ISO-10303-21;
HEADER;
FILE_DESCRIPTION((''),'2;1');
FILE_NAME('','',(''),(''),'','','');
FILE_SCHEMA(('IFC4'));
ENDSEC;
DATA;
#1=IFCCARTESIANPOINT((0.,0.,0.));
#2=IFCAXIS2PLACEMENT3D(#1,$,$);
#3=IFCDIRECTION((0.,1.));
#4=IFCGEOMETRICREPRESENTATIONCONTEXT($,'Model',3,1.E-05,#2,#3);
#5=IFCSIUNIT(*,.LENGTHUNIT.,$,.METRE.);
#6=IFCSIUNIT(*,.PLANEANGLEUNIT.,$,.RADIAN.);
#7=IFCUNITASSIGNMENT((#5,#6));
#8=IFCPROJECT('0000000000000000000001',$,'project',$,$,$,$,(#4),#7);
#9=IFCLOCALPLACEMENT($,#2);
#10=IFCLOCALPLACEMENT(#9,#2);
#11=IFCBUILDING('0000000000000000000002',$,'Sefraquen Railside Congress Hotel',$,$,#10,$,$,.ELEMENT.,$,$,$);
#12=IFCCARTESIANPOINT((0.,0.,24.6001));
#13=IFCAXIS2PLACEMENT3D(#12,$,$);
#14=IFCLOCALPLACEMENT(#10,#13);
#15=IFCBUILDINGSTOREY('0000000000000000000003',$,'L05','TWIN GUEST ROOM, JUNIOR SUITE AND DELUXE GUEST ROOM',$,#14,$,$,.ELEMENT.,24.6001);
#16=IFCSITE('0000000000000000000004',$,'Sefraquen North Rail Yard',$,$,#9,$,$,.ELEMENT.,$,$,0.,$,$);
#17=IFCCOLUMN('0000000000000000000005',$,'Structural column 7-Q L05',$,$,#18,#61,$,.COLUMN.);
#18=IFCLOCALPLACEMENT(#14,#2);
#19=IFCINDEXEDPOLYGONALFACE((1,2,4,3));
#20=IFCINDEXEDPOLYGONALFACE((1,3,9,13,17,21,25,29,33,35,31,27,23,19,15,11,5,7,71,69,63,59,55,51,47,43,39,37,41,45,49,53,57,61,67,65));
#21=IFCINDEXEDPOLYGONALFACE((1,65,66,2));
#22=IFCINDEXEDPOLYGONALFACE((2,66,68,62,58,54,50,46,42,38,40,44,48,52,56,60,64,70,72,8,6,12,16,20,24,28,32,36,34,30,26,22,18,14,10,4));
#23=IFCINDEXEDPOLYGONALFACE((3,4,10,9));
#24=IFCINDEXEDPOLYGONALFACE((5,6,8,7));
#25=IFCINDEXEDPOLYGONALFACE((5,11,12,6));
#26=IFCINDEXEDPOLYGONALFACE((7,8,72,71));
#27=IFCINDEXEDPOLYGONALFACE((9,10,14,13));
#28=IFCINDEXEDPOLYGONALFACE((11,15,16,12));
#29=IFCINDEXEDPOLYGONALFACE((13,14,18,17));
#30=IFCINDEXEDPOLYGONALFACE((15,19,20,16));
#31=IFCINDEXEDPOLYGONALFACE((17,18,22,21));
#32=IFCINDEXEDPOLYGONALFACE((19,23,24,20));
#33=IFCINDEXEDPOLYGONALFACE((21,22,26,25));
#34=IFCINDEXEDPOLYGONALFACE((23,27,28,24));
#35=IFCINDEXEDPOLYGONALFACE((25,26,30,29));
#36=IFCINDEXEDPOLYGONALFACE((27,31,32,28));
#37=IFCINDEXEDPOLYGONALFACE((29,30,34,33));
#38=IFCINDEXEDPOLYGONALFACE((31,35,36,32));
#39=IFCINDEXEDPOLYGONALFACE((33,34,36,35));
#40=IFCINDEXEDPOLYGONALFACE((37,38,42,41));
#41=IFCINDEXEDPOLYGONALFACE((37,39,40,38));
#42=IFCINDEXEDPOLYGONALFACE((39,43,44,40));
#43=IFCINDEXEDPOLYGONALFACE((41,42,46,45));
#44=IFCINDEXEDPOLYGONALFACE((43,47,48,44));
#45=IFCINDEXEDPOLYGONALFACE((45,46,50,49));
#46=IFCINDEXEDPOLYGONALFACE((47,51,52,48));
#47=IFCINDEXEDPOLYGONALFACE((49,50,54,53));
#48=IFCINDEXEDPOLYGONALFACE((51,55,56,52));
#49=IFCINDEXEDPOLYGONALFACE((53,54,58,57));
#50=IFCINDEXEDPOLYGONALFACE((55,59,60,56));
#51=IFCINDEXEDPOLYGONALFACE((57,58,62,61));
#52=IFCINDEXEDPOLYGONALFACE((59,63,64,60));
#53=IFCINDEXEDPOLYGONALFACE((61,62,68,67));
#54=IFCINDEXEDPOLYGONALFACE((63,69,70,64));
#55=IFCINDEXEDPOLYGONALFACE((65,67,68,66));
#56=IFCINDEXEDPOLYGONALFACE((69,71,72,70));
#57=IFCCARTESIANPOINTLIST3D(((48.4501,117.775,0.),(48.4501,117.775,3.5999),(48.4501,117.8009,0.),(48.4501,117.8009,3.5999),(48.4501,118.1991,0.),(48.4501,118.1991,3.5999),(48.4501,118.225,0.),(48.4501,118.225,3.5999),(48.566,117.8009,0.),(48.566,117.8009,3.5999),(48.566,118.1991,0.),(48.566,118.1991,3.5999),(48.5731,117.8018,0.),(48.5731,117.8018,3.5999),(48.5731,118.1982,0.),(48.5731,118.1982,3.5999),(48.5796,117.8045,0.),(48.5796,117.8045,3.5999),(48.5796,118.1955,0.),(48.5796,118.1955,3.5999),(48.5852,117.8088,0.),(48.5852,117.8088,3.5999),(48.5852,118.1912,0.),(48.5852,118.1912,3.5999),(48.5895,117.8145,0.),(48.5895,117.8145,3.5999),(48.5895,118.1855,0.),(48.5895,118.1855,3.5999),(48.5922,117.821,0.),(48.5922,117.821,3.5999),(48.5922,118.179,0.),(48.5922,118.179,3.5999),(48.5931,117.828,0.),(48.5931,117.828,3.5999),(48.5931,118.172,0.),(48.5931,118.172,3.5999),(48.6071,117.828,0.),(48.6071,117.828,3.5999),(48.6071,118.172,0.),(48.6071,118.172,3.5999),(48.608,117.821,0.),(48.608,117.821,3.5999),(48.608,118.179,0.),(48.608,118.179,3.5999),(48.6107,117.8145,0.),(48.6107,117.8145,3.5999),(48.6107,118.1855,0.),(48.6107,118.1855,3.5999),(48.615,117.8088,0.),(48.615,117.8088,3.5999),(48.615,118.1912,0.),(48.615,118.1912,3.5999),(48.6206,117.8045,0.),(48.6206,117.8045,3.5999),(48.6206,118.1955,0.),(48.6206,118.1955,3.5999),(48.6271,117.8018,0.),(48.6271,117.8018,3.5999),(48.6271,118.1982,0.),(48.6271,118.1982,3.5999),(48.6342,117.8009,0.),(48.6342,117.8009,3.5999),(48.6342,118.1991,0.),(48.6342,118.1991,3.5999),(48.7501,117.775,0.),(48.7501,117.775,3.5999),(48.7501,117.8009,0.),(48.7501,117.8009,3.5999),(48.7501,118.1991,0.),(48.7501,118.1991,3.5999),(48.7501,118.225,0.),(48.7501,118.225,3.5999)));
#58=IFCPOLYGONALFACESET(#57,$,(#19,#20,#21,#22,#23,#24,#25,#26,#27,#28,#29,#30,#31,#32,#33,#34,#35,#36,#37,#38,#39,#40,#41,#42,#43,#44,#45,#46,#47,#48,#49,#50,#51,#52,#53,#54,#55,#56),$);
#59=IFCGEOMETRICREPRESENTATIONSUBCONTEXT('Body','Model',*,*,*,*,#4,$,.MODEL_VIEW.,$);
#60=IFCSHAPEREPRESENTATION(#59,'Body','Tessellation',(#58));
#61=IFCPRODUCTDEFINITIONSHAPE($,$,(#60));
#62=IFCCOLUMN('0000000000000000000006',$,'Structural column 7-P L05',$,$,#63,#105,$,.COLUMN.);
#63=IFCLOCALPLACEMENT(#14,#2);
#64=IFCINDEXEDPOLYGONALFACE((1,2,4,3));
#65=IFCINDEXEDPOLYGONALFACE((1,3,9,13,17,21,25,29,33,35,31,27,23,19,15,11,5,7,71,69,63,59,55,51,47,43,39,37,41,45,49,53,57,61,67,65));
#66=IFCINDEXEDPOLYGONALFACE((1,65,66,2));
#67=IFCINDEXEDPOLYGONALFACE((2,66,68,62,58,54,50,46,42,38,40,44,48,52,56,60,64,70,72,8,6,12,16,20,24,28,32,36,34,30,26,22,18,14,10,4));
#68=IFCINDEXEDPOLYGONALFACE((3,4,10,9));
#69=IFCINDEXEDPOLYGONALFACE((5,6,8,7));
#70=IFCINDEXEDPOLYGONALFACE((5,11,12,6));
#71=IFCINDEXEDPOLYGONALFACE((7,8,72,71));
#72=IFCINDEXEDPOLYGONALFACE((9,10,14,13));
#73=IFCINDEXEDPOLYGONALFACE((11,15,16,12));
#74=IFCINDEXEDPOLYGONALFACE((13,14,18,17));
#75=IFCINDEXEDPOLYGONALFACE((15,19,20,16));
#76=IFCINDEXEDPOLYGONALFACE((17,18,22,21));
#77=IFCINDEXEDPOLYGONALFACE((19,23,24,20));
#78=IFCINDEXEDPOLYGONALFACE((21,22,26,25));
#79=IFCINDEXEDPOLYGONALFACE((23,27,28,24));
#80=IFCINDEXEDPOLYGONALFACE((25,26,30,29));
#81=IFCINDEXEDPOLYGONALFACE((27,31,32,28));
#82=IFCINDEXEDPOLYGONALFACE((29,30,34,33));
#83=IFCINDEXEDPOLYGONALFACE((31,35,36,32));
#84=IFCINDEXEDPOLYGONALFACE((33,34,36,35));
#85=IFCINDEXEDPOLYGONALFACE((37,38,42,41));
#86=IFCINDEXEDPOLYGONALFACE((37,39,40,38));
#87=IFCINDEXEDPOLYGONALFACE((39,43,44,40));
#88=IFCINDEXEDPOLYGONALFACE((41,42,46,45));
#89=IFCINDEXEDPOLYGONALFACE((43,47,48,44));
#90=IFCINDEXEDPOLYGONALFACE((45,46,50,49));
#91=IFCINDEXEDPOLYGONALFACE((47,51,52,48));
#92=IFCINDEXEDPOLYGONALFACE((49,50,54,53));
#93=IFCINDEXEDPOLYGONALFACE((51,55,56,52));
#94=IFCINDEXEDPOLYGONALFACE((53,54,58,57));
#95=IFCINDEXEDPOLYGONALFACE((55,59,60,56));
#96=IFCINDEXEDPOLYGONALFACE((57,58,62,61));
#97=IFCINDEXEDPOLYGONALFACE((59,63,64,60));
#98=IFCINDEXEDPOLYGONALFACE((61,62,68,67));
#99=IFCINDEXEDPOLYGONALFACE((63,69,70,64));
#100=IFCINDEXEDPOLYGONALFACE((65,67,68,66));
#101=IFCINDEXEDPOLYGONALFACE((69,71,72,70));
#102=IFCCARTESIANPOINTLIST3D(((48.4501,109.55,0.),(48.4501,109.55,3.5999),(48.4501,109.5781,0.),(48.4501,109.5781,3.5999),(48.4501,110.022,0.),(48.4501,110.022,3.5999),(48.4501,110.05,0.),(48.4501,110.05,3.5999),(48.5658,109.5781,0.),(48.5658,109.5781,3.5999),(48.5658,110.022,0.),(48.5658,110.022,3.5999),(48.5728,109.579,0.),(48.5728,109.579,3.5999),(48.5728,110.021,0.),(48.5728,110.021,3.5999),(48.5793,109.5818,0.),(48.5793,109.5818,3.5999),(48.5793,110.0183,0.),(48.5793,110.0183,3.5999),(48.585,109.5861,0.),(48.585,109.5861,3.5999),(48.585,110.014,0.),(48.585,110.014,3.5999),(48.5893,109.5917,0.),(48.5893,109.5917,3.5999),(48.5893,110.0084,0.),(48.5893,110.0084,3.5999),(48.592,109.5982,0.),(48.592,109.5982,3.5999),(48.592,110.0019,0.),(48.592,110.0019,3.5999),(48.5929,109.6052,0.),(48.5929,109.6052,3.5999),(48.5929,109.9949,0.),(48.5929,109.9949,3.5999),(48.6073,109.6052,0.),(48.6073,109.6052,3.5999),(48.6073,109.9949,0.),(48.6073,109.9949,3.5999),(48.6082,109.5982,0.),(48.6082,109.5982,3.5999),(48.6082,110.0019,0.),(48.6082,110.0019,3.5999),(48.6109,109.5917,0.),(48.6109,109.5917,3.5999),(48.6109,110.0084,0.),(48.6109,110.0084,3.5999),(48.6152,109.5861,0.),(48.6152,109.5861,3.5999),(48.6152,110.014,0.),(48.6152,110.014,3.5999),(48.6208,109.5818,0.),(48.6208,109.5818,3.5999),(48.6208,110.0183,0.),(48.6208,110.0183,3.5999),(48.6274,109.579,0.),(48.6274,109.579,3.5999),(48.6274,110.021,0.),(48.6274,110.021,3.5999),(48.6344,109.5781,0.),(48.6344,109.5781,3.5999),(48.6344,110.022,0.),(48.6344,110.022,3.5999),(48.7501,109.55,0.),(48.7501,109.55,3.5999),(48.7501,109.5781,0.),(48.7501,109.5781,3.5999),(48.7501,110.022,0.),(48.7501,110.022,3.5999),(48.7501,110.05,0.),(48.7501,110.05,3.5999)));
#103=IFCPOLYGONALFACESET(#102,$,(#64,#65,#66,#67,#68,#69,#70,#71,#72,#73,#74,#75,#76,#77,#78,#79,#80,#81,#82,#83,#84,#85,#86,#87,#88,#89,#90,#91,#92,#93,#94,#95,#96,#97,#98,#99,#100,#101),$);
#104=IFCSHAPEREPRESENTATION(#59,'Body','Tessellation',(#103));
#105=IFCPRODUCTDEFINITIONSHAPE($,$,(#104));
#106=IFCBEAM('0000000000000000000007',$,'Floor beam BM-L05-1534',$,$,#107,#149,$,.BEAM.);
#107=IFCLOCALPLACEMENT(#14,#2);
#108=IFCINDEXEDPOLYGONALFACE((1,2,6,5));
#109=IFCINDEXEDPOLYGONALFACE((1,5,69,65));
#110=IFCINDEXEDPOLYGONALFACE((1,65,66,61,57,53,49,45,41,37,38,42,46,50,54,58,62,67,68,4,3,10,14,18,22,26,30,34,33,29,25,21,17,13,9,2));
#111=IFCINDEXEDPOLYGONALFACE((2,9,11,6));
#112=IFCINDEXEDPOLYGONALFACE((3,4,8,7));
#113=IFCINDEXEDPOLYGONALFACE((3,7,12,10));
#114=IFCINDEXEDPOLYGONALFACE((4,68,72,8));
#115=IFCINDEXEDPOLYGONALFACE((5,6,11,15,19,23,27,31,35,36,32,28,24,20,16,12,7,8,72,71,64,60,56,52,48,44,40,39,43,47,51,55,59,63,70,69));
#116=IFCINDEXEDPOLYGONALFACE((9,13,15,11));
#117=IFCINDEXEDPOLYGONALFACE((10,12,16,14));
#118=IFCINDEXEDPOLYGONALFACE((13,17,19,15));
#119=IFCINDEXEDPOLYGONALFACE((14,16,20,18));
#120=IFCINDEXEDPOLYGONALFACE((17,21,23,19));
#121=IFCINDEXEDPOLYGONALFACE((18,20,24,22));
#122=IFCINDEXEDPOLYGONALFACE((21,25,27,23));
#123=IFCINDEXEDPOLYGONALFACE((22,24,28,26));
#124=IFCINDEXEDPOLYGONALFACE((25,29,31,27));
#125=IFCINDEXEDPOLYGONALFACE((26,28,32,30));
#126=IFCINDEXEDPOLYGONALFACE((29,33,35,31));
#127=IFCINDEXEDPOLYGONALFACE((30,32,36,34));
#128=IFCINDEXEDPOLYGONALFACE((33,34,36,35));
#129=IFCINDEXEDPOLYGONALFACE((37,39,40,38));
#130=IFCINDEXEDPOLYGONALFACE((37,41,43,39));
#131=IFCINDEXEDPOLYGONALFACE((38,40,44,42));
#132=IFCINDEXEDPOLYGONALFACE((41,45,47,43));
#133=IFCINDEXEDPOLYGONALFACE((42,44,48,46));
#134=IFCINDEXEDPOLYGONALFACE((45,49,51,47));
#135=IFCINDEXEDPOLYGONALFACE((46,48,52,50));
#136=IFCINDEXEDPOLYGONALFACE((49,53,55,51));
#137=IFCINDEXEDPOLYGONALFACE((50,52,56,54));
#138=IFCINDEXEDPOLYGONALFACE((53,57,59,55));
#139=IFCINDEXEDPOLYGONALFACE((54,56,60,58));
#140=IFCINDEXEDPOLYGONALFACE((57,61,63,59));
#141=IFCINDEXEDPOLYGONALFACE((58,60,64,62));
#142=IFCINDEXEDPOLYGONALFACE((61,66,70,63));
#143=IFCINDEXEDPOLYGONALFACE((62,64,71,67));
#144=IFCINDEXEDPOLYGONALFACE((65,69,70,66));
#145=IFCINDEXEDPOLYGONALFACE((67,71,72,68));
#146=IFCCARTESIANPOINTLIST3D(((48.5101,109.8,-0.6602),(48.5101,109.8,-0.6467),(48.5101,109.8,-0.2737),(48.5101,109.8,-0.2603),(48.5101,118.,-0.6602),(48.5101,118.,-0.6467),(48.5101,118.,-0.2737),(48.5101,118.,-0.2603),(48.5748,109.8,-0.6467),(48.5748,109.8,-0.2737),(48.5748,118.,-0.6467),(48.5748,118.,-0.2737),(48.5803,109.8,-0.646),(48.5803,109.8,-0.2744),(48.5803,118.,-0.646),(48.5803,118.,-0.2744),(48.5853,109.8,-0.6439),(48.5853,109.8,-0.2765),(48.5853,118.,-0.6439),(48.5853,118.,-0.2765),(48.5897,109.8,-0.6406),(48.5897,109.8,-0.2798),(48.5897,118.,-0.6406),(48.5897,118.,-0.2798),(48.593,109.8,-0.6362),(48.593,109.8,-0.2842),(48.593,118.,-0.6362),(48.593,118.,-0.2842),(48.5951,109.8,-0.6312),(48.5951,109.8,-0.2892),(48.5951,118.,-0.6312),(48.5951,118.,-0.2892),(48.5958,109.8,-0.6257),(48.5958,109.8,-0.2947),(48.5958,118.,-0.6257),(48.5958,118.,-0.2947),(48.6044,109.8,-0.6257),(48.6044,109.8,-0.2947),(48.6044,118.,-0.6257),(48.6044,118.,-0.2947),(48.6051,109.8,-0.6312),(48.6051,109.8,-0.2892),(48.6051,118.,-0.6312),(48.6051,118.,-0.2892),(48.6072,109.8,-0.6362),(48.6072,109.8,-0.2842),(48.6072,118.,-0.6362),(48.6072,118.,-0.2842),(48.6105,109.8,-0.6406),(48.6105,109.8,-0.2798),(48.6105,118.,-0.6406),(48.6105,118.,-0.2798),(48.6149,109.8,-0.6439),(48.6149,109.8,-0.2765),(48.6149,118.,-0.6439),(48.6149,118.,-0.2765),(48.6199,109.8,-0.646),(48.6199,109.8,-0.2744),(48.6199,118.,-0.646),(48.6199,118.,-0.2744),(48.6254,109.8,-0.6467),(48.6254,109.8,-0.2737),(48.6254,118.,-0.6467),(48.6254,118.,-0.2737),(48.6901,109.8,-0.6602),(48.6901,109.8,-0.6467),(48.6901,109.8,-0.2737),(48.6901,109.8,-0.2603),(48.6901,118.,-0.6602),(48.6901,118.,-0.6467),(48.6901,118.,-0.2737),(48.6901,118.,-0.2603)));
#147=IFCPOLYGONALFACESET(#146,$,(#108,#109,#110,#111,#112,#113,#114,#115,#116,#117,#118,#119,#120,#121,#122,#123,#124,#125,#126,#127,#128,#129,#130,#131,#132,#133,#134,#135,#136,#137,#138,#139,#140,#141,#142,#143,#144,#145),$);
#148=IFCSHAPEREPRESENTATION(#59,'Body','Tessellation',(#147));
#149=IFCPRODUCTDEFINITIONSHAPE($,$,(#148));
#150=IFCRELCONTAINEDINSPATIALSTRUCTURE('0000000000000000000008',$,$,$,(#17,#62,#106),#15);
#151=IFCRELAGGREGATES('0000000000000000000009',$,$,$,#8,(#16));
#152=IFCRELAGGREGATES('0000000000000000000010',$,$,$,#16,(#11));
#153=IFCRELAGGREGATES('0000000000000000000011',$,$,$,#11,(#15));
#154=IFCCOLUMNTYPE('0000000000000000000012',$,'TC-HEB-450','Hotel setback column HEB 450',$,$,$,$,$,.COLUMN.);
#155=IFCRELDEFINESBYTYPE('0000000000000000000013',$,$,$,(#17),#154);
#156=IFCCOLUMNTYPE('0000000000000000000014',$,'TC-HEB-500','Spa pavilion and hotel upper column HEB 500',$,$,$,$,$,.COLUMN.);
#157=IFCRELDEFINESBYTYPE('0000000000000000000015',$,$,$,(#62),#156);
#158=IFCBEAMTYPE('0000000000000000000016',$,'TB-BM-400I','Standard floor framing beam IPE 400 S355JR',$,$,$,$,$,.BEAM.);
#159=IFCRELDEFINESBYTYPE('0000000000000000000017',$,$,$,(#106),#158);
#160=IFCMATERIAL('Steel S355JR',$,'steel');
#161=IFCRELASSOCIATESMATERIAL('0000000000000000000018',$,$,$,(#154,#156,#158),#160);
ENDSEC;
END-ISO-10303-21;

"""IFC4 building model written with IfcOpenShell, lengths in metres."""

from ifc_helpers import new_model, si_unit, direction, frame, origin, origin_2d, place, context, subcontext, project, spatial, i_section, extrude, material, material_profile, profile_set, type_object, element, save


model = new_model("IFC4")

# Units and contexts
model_context = context("Model", 3, precision=1e-05, world=origin(), true_north=direction((0.0, 1.0)))
body_context = subcontext(model_context, "Body", "Model", "MODEL_VIEW")
ifc_project = project(units=[si_unit("LENGTHUNIT", "METRE"), si_unit("PLANEANGLEUNIT", "RADIAN")], contexts=[model_context])

# Site, building, storey
site_placement = place(None, origin())
site = spatial("IfcSite", under=ifc_project, at=site_placement, Name="Sefraquen North Rail Yard", CompositionType="ELEMENT", RefElevation=0.0)
building_placement = place(site_placement, origin())
building = spatial("IfcBuilding", under=site, at=building_placement, Name="Sefraquen Railside Congress Hotel", CompositionType="ELEMENT")
storey_placement = place(building_placement, frame((0.0, 0.0, 24.6001)))
storey = spatial("IfcBuildingStorey", under=building, at=storey_placement, Name="L05", Description="TWIN GUEST ROOM, JUNIOR SUITE AND DELUXE GUEST ROOM", CompositionType="ELEMENT", Elevation=24.6001)

# Columns
ifc_material_1 = material(Name="Steel S355JR", Category="steel")
ifc_material_profile_1 = material_profile(ifc_material_1, i_section(OverallWidth=0.3, OverallDepth=0.45, WebThickness=0.0139, FlangeThickness=0.0259, FilletRadius=0.0271, at=origin_2d()), Name="HEB 450")
ifc_profile_set_1 = profile_set([ifc_material_profile_1], Name="Steel S355JR")
column_type_1 = type_object("IfcColumnType", Name="TC-HEB-450", Description="Hotel setback column HEB 450", PredefinedType="COLUMN", material=ifc_profile_set_1)
column_1_placement = place(storey_placement, frame((48.6001, 118.0, 0.0), z_axis=(0.0, 0.0, 1.0), x_axis=(1.0, 0.0, 0.0)))
element("IfcColumn", 1, at=column_1_placement, inside=storey, type_object=column_type_1, Name="Structural column 7-Q L05", PredefinedType="COLUMN", context=body_context, shape_type="SweptSolid", body=[
    extrude(i_section(OverallWidth=0.3, OverallDepth=0.45, WebThickness=0.0139, FlangeThickness=0.0259, FilletRadius=0.0271, at=origin_2d()), origin(), (0.0, 0.0, 1.0), 3.5999),
])
ifc_material_profile_2 = material_profile(ifc_material_1, i_section(OverallWidth=0.3, OverallDepth=0.5, WebThickness=0.0144, FlangeThickness=0.0281, FilletRadius=0.0271, at=origin_2d()), Name="HEB 500")
ifc_profile_set_2 = profile_set([ifc_material_profile_2], Name="Steel S355JR")
column_type_2 = type_object("IfcColumnType", Name="TC-HEB-500", Description="Spa pavilion and hotel upper column HEB 500", PredefinedType="COLUMN", material=ifc_profile_set_2)
column_2_placement = place(storey_placement, frame((48.6001, 109.8, 0.0), z_axis=(0.0, 0.0, 1.0), x_axis=(1.0, 0.0, 0.0)))
element("IfcColumn", 2, at=column_2_placement, inside=storey, type_object=column_type_2, Name="Structural column 7-P L05", PredefinedType="COLUMN", context=body_context, shape_type="SweptSolid", body=[
    extrude(i_section(OverallWidth=0.3, OverallDepth=0.5, WebThickness=0.0144, FlangeThickness=0.0281, FilletRadius=0.0271, at=origin_2d()), origin(), (0.0, 0.0, 1.0), 3.5999),
])

# Beam
ifc_material_profile_3 = material_profile(ifc_material_1, i_section(OverallWidth=0.1799, OverallDepth=0.3999, WebThickness=0.0085, FlangeThickness=0.0134, FilletRadius=0.021, at=origin_2d()), Name="IPE 400")
ifc_profile_set_3 = profile_set([ifc_material_profile_3], Name="Steel S355JR")
beam_type_1 = type_object("IfcBeamType", Name="TB-BM-400I", Description="Standard floor framing beam IPE 400 S355JR", PredefinedType="BEAM", material=ifc_profile_set_3)
beam_1_placement = place(storey_placement, frame((48.6001, 109.8, -0.4602), z_axis=(0.0, 1.0, 0.0), x_axis=(-1.0, 0.0, 0.0)))
element("IfcBeam", 3, at=beam_1_placement, inside=storey, type_object=beam_type_1, Name="Floor beam BM-L05-1534", PredefinedType="BEAM", context=body_context, shape_type="SweptSolid", body=[
    extrude(i_section(OverallWidth=0.1799, OverallDepth=0.3999, WebThickness=0.0085, FlangeThickness=0.0134, FilletRadius=0.021, at=origin_2d()), origin(), (0.0, 0.0, 1.0), 8.2),
])

save(model, "model.ifc")
